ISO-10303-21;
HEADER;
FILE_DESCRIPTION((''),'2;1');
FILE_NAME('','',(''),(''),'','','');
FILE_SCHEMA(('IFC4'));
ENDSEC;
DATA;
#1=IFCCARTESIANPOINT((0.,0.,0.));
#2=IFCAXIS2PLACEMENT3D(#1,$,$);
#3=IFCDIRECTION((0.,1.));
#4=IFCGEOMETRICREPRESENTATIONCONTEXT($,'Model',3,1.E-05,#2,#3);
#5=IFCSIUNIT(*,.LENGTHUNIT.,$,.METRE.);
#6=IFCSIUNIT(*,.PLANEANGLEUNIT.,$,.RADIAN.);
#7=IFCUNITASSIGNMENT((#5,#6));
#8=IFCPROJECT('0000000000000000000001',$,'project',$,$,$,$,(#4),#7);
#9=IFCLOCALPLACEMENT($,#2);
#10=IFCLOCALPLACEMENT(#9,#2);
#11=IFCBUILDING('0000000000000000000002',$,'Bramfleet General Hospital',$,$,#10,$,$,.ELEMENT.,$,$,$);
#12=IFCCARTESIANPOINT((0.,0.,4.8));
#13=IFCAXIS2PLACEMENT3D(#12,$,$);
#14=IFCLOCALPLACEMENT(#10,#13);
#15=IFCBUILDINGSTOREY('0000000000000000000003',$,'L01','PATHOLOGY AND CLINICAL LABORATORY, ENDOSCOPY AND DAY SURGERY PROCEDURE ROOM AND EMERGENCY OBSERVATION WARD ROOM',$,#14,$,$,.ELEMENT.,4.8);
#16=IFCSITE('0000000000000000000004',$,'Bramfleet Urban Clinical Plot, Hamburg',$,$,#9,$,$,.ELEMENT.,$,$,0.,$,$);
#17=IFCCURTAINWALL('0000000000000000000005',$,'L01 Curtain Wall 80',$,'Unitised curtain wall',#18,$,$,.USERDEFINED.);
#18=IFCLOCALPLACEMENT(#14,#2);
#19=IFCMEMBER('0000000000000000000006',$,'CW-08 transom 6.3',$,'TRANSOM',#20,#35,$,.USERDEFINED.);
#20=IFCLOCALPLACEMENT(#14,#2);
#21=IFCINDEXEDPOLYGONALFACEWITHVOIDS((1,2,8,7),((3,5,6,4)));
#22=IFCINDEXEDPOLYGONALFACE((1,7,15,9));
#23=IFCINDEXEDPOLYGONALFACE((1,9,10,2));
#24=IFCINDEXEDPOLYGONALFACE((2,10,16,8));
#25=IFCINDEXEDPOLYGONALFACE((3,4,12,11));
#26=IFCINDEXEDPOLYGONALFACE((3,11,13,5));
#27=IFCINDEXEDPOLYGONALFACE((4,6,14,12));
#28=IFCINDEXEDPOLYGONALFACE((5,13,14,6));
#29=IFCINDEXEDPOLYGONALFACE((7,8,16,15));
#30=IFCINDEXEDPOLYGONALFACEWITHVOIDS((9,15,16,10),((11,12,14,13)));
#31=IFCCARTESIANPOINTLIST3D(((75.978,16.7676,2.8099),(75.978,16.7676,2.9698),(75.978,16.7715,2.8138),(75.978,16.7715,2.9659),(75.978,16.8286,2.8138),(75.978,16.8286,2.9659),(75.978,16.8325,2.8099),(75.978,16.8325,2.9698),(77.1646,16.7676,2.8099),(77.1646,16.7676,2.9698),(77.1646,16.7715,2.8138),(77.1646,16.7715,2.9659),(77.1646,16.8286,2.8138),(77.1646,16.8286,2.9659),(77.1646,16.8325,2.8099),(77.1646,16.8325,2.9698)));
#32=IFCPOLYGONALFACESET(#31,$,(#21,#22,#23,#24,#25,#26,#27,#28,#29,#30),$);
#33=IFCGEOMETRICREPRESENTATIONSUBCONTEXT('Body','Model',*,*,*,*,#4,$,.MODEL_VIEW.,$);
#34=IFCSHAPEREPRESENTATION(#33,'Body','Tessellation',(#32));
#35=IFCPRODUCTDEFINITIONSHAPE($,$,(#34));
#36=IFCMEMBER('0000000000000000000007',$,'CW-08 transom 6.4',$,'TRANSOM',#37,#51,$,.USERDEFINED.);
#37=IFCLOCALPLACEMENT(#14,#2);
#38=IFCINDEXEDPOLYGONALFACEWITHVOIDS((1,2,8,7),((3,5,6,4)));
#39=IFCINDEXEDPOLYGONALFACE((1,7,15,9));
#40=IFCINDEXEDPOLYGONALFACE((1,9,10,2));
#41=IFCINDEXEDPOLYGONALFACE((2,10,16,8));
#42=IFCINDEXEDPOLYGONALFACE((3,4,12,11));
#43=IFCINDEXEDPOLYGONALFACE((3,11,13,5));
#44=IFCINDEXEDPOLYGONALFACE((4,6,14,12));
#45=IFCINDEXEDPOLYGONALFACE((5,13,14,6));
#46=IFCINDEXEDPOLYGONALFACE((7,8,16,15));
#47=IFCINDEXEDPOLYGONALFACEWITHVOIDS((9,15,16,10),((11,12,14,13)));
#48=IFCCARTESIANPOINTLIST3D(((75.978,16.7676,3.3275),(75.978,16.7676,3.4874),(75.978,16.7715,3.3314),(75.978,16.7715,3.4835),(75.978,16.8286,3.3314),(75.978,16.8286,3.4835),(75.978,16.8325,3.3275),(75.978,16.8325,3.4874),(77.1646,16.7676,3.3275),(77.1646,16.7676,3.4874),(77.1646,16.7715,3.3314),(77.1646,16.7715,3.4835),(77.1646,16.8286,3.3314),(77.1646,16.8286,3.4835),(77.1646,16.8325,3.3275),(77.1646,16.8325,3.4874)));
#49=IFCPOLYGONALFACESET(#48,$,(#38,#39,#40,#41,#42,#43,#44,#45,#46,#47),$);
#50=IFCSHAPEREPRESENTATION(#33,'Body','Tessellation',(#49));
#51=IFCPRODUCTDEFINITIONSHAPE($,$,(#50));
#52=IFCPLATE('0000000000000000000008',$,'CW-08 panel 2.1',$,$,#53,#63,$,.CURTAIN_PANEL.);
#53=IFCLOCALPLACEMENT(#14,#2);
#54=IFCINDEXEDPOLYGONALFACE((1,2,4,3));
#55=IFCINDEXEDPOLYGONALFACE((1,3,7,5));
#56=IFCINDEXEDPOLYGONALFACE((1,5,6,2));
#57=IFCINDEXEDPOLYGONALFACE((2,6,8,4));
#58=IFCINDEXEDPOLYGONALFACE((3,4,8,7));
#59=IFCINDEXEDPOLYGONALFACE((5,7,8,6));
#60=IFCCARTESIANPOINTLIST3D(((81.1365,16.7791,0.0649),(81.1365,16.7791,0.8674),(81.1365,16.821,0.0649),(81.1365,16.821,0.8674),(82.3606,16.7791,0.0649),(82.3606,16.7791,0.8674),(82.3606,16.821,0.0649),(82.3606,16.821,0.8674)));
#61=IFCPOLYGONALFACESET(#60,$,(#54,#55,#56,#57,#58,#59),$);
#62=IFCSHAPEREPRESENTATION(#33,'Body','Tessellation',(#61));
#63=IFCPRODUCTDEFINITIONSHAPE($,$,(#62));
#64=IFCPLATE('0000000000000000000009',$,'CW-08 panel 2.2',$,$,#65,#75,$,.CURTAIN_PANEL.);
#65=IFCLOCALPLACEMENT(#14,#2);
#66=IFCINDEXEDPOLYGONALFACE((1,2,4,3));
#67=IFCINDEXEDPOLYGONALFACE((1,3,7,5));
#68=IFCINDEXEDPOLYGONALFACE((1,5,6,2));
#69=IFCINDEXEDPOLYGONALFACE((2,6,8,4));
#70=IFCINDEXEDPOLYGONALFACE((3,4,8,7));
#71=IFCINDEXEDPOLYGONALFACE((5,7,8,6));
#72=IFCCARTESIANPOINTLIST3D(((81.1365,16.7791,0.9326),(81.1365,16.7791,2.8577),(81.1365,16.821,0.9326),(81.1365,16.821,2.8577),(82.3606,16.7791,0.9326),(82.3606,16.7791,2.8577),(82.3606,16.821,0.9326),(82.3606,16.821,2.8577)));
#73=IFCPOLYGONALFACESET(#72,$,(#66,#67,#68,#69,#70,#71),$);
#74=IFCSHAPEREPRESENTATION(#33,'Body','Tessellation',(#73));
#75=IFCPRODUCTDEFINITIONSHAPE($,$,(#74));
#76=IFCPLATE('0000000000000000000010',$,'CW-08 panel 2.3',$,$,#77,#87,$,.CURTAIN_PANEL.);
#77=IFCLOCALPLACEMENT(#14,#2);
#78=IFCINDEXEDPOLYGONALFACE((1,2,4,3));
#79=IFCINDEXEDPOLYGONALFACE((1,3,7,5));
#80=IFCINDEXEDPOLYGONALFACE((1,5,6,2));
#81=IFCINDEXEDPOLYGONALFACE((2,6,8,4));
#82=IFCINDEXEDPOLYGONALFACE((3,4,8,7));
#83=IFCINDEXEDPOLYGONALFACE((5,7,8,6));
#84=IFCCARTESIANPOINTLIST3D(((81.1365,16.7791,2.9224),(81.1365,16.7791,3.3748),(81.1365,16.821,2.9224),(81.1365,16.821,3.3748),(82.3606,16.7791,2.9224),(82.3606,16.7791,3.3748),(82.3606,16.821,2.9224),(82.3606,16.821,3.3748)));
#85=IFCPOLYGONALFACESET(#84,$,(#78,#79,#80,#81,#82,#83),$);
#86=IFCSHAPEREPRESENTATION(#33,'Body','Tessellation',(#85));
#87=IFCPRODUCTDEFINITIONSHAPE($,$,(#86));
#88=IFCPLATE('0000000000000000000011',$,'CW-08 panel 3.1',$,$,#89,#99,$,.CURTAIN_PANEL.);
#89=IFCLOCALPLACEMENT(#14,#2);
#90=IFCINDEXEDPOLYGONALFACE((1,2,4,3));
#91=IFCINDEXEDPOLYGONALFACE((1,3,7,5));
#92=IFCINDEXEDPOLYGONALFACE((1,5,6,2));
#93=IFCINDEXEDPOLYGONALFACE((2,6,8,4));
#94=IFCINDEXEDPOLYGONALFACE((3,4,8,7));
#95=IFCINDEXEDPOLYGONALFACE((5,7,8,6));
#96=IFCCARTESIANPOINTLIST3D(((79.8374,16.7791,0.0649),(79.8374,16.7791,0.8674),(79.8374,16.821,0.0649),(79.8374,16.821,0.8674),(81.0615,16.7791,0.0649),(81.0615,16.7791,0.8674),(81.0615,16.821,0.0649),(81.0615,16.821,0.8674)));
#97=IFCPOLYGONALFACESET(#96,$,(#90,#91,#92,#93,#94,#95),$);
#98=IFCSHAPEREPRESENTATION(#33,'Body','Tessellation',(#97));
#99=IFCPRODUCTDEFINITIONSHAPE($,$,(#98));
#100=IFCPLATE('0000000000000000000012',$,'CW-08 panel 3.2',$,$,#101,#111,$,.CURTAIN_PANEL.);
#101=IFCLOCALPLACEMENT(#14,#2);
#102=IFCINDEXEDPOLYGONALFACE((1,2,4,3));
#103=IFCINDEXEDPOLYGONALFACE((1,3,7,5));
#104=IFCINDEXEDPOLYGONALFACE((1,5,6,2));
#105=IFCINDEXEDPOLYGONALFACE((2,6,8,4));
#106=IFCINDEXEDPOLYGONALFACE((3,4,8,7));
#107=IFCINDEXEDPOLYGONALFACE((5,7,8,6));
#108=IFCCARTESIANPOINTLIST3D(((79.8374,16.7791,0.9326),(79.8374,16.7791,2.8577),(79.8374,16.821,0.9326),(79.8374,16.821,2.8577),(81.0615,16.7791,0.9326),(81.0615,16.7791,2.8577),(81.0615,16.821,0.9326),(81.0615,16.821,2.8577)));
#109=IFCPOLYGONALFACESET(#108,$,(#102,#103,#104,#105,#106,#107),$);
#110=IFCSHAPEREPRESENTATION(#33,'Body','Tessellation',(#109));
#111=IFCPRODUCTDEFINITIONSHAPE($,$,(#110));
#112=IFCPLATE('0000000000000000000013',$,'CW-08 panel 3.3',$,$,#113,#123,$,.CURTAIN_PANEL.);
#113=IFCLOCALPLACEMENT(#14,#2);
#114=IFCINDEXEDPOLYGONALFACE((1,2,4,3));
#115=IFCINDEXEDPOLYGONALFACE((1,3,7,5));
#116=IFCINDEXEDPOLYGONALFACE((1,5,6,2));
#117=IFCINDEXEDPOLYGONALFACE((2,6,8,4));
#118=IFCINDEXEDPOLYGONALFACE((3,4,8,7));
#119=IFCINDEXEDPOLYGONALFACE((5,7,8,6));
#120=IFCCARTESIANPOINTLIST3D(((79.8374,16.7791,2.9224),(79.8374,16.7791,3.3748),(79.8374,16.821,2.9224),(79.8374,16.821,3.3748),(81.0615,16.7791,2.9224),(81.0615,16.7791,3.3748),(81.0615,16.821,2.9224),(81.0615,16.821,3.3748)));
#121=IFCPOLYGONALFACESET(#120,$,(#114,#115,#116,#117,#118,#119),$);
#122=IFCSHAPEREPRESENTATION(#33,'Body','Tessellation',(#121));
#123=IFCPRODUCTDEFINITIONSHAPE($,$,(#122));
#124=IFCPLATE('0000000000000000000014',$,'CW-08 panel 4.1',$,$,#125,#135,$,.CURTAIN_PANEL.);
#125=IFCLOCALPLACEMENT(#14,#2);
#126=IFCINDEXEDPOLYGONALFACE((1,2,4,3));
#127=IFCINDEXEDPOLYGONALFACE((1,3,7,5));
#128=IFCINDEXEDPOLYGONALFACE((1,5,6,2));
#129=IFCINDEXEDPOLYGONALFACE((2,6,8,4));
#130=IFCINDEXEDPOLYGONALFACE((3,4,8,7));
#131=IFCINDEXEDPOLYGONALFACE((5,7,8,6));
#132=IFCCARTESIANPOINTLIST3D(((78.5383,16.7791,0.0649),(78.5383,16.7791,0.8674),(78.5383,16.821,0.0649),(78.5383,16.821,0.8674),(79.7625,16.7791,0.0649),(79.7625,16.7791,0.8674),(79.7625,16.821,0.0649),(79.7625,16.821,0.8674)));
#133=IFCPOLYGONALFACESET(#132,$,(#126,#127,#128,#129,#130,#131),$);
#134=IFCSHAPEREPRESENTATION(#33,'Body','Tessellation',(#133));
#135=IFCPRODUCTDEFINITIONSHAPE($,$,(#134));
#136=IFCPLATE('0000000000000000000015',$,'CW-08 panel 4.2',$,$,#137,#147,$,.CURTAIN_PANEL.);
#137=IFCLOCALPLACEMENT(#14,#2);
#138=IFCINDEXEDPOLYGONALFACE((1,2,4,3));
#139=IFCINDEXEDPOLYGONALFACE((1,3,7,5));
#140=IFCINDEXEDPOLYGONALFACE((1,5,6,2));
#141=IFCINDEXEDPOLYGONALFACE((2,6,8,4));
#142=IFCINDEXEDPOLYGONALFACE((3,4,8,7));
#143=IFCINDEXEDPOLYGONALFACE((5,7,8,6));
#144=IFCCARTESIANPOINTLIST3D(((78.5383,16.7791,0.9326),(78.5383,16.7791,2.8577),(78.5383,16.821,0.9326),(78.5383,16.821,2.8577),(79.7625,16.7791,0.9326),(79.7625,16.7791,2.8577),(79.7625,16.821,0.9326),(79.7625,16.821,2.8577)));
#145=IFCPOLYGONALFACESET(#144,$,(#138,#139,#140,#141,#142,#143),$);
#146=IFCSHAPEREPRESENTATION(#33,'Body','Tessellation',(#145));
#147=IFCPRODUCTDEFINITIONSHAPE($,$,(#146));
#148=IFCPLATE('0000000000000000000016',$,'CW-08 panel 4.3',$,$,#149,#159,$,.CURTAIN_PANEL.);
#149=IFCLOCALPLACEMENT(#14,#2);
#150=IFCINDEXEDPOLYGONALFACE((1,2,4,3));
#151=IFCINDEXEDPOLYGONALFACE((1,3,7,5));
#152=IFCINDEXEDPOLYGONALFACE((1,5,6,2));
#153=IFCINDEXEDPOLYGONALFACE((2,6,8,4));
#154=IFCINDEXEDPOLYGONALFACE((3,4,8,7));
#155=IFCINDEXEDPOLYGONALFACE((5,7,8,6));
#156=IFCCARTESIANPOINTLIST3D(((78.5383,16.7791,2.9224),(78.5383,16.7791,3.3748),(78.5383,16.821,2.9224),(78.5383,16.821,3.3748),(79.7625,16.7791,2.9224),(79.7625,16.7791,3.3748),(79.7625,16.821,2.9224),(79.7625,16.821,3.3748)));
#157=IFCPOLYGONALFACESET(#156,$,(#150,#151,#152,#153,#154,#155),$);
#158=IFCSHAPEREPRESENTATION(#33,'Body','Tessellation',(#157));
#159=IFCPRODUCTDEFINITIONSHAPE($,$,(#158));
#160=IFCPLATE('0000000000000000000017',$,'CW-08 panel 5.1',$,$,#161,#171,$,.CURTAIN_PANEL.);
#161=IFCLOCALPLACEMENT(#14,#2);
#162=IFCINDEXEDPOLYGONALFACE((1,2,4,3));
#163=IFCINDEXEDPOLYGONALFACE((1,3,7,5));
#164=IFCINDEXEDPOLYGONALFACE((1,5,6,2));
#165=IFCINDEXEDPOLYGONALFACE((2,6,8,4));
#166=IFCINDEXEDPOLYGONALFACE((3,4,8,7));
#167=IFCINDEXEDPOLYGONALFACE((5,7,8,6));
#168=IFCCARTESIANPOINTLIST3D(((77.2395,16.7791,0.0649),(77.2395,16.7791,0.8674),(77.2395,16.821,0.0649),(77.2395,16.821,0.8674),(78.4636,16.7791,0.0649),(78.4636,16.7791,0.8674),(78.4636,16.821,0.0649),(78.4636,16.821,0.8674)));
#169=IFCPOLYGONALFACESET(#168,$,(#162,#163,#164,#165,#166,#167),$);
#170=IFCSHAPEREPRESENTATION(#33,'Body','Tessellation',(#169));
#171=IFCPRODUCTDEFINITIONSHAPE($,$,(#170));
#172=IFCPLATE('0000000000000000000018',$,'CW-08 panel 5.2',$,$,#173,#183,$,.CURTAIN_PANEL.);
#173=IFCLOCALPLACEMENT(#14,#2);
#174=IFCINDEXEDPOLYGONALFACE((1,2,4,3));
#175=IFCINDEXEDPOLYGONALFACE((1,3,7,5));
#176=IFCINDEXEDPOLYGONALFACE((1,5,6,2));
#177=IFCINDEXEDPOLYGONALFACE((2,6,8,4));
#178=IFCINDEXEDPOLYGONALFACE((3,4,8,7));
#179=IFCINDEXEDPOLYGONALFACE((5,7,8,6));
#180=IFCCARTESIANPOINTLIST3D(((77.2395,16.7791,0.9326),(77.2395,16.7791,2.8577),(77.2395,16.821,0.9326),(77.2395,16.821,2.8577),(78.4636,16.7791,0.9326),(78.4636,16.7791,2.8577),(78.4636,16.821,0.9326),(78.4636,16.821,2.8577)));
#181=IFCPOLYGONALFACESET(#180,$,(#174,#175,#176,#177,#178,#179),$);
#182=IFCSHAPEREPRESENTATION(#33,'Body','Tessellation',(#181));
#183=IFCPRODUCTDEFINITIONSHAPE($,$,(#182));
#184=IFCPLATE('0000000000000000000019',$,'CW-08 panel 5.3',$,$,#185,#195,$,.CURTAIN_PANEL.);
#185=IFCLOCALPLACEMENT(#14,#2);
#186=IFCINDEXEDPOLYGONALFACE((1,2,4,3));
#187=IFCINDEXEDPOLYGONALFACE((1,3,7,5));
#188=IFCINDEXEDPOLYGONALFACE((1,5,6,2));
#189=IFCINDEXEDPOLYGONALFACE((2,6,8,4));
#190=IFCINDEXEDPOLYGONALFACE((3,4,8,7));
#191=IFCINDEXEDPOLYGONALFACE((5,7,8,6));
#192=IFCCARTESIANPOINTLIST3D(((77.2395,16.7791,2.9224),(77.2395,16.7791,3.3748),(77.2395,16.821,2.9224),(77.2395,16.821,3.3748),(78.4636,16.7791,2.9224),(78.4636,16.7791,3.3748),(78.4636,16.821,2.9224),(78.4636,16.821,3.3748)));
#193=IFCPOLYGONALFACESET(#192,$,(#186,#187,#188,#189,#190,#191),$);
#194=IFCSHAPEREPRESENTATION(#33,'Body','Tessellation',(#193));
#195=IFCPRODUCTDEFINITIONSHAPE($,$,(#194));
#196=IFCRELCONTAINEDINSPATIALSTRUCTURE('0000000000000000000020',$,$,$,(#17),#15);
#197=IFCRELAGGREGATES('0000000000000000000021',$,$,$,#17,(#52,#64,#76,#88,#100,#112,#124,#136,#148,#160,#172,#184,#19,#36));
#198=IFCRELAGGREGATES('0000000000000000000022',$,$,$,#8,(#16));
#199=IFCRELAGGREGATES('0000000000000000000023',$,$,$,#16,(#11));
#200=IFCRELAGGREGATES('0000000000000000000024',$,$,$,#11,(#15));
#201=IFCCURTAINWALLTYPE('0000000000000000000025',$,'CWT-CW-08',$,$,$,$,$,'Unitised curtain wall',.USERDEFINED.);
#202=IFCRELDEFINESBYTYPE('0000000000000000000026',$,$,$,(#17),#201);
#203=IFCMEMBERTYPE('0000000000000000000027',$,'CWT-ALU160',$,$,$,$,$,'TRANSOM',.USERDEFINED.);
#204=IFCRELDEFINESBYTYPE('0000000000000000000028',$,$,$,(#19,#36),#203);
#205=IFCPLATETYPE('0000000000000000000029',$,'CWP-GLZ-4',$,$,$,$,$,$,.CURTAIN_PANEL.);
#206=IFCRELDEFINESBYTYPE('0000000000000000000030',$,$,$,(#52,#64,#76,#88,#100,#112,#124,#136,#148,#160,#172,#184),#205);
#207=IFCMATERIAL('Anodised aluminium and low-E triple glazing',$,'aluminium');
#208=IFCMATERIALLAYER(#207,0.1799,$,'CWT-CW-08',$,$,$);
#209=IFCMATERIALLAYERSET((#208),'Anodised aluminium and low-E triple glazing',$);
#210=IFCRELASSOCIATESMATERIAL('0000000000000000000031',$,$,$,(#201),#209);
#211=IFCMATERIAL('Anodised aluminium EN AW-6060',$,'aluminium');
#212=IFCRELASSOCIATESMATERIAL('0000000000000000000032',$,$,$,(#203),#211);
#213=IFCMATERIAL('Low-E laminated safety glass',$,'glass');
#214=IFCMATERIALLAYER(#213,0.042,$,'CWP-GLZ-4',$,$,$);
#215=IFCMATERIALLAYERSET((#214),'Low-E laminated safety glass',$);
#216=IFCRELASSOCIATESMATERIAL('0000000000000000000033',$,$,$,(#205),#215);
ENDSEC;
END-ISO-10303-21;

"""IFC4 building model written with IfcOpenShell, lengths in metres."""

from ifc_helpers import new_model, si_unit, direction, frame, origin, origin_2d, place, context, subcontext, project, spatial, rectangle, hollow_rectangle, extrude, material, layer, layer_set, material_profile, profile_set, type_object, element, aggregate, save


model = new_model("IFC4")

# Units and contexts
model_context = context("Model", 3, precision=1e-05, world=origin(), true_north=direction((0.0, 1.0)))
body_context = subcontext(model_context, "Body", "Model", "MODEL_VIEW")
ifc_project = project(units=[si_unit("LENGTHUNIT", "METRE"), si_unit("PLANEANGLEUNIT", "RADIAN")], contexts=[model_context])

# Site, building, storey
site_placement = place(None, origin())
site = spatial("IfcSite", under=ifc_project, at=site_placement, Name="Bramfleet Urban Clinical Plot, Hamburg", CompositionType="ELEMENT", RefElevation=0.0)
building_placement = place(site_placement, origin())
building = spatial("IfcBuilding", under=site, at=building_placement, Name="Bramfleet General Hospital", CompositionType="ELEMENT")
storey_placement = place(building_placement, frame((0.0, 0.0, 4.8)))
storey = spatial("IfcBuildingStorey", under=building, at=storey_placement, Name="L01", Description="PATHOLOGY AND CLINICAL LABORATORY, ENDOSCOPY AND DAY SURGERY PROCEDURE ROOM AND EMERGENCY OBSERVATION WARD ROOM", CompositionType="ELEMENT", Elevation=4.8)

# Curtain wall, members, plates
ifc_material_1 = material(Name="Anodised aluminium and low-E triple glazing", Category="aluminium")
ifc_layer_1 = layer(ifc_material_1, 0.1799, Name="CWT-CW-08")
ifc_layer_set_1 = layer_set([ifc_layer_1], Name="Anodised aluminium and low-E triple glazing")
curtain_wall_type = type_object("IfcCurtainWallType", Name="CWT-CW-08", ElementType="Unitised curtain wall", PredefinedType="USERDEFINED", material=ifc_layer_set_1)
curtain_wall_placement = place(storey_placement, origin())
curtain_wall = element("IfcCurtainWall", 1, at=curtain_wall_placement, inside=storey, type_object=curtain_wall_type, Name="L01 Curtain Wall 80", ObjectType="Unitised curtain wall", PredefinedType="USERDEFINED")
ifc_material_2 = material(Name="Anodised aluminium EN AW-6060", Category="aluminium")
ifc_material_profile_1 = material_profile(ifc_material_2, hollow_rectangle(XDim=0.0649, YDim=0.1599, WallThickness=0.0039, at=origin_2d()), Name="ALU 160x65x4.0")
ifc_profile_set_1 = profile_set([ifc_material_profile_1], Name="Anodised aluminium EN AW-6060")
member_type_1 = type_object("IfcMemberType", Name="CWT-ALU160", ElementType="TRANSOM", PredefinedType="USERDEFINED", material=ifc_profile_set_1)
member_1_placement = place(storey_placement, frame((77.1646, 16.8, 2.8899), z_axis=(-1.0, 0.0, 0.0), x_axis=(0.0, -1.0, 0.0)))
member_1 = element("IfcMember", 2, at=member_1_placement, type_object=member_type_1, Name="CW-08 transom 6.3", ObjectType="TRANSOM", PredefinedType="USERDEFINED", context=body_context, shape_type="SweptSolid", body=[
    extrude(hollow_rectangle(XDim=0.0649, YDim=0.1599, WallThickness=0.0039, at=origin_2d()), origin(), (0.0, 0.0, 1.0), 1.1865),
])
member_2_placement = place(storey_placement, frame((77.1646, 16.8, 3.4075), z_axis=(-1.0, 0.0, 0.0), x_axis=(0.0, -1.0, 0.0)))
member_2 = element("IfcMember", 3, at=member_2_placement, type_object=member_type_1, Name="CW-08 transom 6.4", ObjectType="TRANSOM", PredefinedType="USERDEFINED", context=body_context, shape_type="SweptSolid", body=[
    extrude(hollow_rectangle(XDim=0.0649, YDim=0.1599, WallThickness=0.0039, at=origin_2d()), origin(), (0.0, 0.0, 1.0), 1.1865),
])
ifc_material_3 = material(Name="Low-E laminated safety glass", Category="glass")
ifc_layer_2 = layer(ifc_material_3, 0.042, Name="CWP-GLZ-4")
ifc_layer_set_2 = layer_set([ifc_layer_2], Name="Low-E laminated safety glass")
plate_type = type_object("IfcPlateType", Name="CWP-GLZ-4", PredefinedType="CURTAIN_PANEL", material=ifc_layer_set_2)
plate_1_placement = place(storey_placement, frame((81.7485, 16.8, 0.0649), z_axis=(0.0, 0.0, 1.0), x_axis=(-1.0, 0.0, 0.0)))
plate_1 = element("IfcPlate", 4, at=plate_1_placement, type_object=plate_type, Name="CW-08 panel 2.1", PredefinedType="CURTAIN_PANEL", context=body_context, shape_type="SweptSolid", body=[
    extrude(rectangle(XDim=1.2241, YDim=0.042, at=origin_2d()), origin(), (0.0, 0.0, 1.0), 0.8025),
])
plate_2_placement = place(storey_placement, frame((81.7485, 16.8, 0.9326), z_axis=(0.0, 0.0, 1.0), x_axis=(-1.0, 0.0, 0.0)))
plate_2 = element("IfcPlate", 5, at=plate_2_placement, type_object=plate_type, Name="CW-08 panel 2.2", PredefinedType="CURTAIN_PANEL", context=body_context, shape_type="SweptSolid", body=[
    extrude(rectangle(XDim=1.2241, YDim=0.042, at=origin_2d()), origin(), (0.0, 0.0, 1.0), 1.925),
])
plate_3_placement = place(storey_placement, frame((81.7485, 16.8, 2.9224), z_axis=(0.0, 0.0, 1.0), x_axis=(-1.0, 0.0, 0.0)))
plate_3 = element("IfcPlate", 6, at=plate_3_placement, type_object=plate_type, Name="CW-08 panel 2.3", PredefinedType="CURTAIN_PANEL", context=body_context, shape_type="SweptSolid", body=[
    extrude(rectangle(XDim=1.2241, YDim=0.042, at=origin_2d()), origin(), (0.0, 0.0, 1.0), 0.4524),
])
plate_4_placement = place(storey_placement, frame((80.4495, 16.8, 0.0649), z_axis=(0.0, 0.0, 1.0), x_axis=(-1.0, 0.0, 0.0)))
plate_4 = element("IfcPlate", 7, at=plate_4_placement, type_object=plate_type, Name="CW-08 panel 3.1", PredefinedType="CURTAIN_PANEL", context=body_context, shape_type="SweptSolid", body=[
    extrude(rectangle(XDim=1.2241, YDim=0.042, at=origin_2d()), origin(), (0.0, 0.0, 1.0), 0.8025),
])
plate_5_placement = place(storey_placement, frame((80.4495, 16.8, 0.9326), z_axis=(0.0, 0.0, 1.0), x_axis=(-1.0, 0.0, 0.0)))
plate_5 = element("IfcPlate", 8, at=plate_5_placement, type_object=plate_type, Name="CW-08 panel 3.2", PredefinedType="CURTAIN_PANEL", context=body_context, shape_type="SweptSolid", body=[
    extrude(rectangle(XDim=1.2241, YDim=0.042, at=origin_2d()), origin(), (0.0, 0.0, 1.0), 1.925),
])
plate_6_placement = place(storey_placement, frame((80.4495, 16.8, 2.9224), z_axis=(0.0, 0.0, 1.0), x_axis=(-1.0, 0.0, 0.0)))
plate_6 = element("IfcPlate", 9, at=plate_6_placement, type_object=plate_type, Name="CW-08 panel 3.3", PredefinedType="CURTAIN_PANEL", context=body_context, shape_type="SweptSolid", body=[
    extrude(rectangle(XDim=1.2241, YDim=0.042, at=origin_2d()), origin(), (0.0, 0.0, 1.0), 0.4524),
])
plate_7_placement = place(storey_placement, frame((79.1504, 16.8, 0.0649), z_axis=(0.0, 0.0, 1.0), x_axis=(-1.0, 0.0, 0.0)))
plate_7 = element("IfcPlate", 10, at=plate_7_placement, type_object=plate_type, Name="CW-08 panel 4.1", PredefinedType="CURTAIN_PANEL", context=body_context, shape_type="SweptSolid", body=[
    extrude(rectangle(XDim=1.2241, YDim=0.042, at=origin_2d()), origin(), (0.0, 0.0, 1.0), 0.8025),
])
plate_8_placement = place(storey_placement, frame((79.1504, 16.8, 0.9326), z_axis=(0.0, 0.0, 1.0), x_axis=(-1.0, 0.0, 0.0)))
plate_8 = element("IfcPlate", 11, at=plate_8_placement, type_object=plate_type, Name="CW-08 panel 4.2", PredefinedType="CURTAIN_PANEL", context=body_context, shape_type="SweptSolid", body=[
    extrude(rectangle(XDim=1.2241, YDim=0.042, at=origin_2d()), origin(), (0.0, 0.0, 1.0), 1.925),
])
plate_9_placement = place(storey_placement, frame((79.1504, 16.8, 2.9224), z_axis=(0.0, 0.0, 1.0), x_axis=(-1.0, 0.0, 0.0)))
plate_9 = element("IfcPlate", 12, at=plate_9_placement, type_object=plate_type, Name="CW-08 panel 4.3", PredefinedType="CURTAIN_PANEL", context=body_context, shape_type="SweptSolid", body=[
    extrude(rectangle(XDim=1.2241, YDim=0.042, at=origin_2d()), origin(), (0.0, 0.0, 1.0), 0.4524),
])
plate_10_placement = place(storey_placement, frame((77.8516, 16.8, 0.0649), z_axis=(0.0, 0.0, 1.0), x_axis=(-1.0, 0.0, 0.0)))
plate_10 = element("IfcPlate", 13, at=plate_10_placement, type_object=plate_type, Name="CW-08 panel 5.1", PredefinedType="CURTAIN_PANEL", context=body_context, shape_type="SweptSolid", body=[
    extrude(rectangle(XDim=1.2241, YDim=0.042, at=origin_2d()), origin(), (0.0, 0.0, 1.0), 0.8025),
])
plate_11_placement = place(storey_placement, frame((77.8516, 16.8, 0.9326), z_axis=(0.0, 0.0, 1.0), x_axis=(-1.0, 0.0, 0.0)))
plate_11 = element("IfcPlate", 14, at=plate_11_placement, type_object=plate_type, Name="CW-08 panel 5.2", PredefinedType="CURTAIN_PANEL", context=body_context, shape_type="SweptSolid", body=[
    extrude(rectangle(XDim=1.2241, YDim=0.042, at=origin_2d()), origin(), (0.0, 0.0, 1.0), 1.925),
])
plate_12_placement = place(storey_placement, frame((77.8516, 16.8, 2.9224), z_axis=(0.0, 0.0, 1.0), x_axis=(-1.0, 0.0, 0.0)))
plate_12 = element("IfcPlate", 15, at=plate_12_placement, type_object=plate_type, Name="CW-08 panel 5.3", PredefinedType="CURTAIN_PANEL", context=body_context, shape_type="SweptSolid", body=[
    extrude(rectangle(XDim=1.2241, YDim=0.042, at=origin_2d()), origin(), (0.0, 0.0, 1.0), 0.4524),
])
aggregate(curtain_wall, [plate_1, plate_2, plate_3, plate_4, plate_5, plate_6, plate_7, plate_8, plate_9, plate_10, plate_11, plate_12, member_1, member_2])

save(model, "model.ifc")
